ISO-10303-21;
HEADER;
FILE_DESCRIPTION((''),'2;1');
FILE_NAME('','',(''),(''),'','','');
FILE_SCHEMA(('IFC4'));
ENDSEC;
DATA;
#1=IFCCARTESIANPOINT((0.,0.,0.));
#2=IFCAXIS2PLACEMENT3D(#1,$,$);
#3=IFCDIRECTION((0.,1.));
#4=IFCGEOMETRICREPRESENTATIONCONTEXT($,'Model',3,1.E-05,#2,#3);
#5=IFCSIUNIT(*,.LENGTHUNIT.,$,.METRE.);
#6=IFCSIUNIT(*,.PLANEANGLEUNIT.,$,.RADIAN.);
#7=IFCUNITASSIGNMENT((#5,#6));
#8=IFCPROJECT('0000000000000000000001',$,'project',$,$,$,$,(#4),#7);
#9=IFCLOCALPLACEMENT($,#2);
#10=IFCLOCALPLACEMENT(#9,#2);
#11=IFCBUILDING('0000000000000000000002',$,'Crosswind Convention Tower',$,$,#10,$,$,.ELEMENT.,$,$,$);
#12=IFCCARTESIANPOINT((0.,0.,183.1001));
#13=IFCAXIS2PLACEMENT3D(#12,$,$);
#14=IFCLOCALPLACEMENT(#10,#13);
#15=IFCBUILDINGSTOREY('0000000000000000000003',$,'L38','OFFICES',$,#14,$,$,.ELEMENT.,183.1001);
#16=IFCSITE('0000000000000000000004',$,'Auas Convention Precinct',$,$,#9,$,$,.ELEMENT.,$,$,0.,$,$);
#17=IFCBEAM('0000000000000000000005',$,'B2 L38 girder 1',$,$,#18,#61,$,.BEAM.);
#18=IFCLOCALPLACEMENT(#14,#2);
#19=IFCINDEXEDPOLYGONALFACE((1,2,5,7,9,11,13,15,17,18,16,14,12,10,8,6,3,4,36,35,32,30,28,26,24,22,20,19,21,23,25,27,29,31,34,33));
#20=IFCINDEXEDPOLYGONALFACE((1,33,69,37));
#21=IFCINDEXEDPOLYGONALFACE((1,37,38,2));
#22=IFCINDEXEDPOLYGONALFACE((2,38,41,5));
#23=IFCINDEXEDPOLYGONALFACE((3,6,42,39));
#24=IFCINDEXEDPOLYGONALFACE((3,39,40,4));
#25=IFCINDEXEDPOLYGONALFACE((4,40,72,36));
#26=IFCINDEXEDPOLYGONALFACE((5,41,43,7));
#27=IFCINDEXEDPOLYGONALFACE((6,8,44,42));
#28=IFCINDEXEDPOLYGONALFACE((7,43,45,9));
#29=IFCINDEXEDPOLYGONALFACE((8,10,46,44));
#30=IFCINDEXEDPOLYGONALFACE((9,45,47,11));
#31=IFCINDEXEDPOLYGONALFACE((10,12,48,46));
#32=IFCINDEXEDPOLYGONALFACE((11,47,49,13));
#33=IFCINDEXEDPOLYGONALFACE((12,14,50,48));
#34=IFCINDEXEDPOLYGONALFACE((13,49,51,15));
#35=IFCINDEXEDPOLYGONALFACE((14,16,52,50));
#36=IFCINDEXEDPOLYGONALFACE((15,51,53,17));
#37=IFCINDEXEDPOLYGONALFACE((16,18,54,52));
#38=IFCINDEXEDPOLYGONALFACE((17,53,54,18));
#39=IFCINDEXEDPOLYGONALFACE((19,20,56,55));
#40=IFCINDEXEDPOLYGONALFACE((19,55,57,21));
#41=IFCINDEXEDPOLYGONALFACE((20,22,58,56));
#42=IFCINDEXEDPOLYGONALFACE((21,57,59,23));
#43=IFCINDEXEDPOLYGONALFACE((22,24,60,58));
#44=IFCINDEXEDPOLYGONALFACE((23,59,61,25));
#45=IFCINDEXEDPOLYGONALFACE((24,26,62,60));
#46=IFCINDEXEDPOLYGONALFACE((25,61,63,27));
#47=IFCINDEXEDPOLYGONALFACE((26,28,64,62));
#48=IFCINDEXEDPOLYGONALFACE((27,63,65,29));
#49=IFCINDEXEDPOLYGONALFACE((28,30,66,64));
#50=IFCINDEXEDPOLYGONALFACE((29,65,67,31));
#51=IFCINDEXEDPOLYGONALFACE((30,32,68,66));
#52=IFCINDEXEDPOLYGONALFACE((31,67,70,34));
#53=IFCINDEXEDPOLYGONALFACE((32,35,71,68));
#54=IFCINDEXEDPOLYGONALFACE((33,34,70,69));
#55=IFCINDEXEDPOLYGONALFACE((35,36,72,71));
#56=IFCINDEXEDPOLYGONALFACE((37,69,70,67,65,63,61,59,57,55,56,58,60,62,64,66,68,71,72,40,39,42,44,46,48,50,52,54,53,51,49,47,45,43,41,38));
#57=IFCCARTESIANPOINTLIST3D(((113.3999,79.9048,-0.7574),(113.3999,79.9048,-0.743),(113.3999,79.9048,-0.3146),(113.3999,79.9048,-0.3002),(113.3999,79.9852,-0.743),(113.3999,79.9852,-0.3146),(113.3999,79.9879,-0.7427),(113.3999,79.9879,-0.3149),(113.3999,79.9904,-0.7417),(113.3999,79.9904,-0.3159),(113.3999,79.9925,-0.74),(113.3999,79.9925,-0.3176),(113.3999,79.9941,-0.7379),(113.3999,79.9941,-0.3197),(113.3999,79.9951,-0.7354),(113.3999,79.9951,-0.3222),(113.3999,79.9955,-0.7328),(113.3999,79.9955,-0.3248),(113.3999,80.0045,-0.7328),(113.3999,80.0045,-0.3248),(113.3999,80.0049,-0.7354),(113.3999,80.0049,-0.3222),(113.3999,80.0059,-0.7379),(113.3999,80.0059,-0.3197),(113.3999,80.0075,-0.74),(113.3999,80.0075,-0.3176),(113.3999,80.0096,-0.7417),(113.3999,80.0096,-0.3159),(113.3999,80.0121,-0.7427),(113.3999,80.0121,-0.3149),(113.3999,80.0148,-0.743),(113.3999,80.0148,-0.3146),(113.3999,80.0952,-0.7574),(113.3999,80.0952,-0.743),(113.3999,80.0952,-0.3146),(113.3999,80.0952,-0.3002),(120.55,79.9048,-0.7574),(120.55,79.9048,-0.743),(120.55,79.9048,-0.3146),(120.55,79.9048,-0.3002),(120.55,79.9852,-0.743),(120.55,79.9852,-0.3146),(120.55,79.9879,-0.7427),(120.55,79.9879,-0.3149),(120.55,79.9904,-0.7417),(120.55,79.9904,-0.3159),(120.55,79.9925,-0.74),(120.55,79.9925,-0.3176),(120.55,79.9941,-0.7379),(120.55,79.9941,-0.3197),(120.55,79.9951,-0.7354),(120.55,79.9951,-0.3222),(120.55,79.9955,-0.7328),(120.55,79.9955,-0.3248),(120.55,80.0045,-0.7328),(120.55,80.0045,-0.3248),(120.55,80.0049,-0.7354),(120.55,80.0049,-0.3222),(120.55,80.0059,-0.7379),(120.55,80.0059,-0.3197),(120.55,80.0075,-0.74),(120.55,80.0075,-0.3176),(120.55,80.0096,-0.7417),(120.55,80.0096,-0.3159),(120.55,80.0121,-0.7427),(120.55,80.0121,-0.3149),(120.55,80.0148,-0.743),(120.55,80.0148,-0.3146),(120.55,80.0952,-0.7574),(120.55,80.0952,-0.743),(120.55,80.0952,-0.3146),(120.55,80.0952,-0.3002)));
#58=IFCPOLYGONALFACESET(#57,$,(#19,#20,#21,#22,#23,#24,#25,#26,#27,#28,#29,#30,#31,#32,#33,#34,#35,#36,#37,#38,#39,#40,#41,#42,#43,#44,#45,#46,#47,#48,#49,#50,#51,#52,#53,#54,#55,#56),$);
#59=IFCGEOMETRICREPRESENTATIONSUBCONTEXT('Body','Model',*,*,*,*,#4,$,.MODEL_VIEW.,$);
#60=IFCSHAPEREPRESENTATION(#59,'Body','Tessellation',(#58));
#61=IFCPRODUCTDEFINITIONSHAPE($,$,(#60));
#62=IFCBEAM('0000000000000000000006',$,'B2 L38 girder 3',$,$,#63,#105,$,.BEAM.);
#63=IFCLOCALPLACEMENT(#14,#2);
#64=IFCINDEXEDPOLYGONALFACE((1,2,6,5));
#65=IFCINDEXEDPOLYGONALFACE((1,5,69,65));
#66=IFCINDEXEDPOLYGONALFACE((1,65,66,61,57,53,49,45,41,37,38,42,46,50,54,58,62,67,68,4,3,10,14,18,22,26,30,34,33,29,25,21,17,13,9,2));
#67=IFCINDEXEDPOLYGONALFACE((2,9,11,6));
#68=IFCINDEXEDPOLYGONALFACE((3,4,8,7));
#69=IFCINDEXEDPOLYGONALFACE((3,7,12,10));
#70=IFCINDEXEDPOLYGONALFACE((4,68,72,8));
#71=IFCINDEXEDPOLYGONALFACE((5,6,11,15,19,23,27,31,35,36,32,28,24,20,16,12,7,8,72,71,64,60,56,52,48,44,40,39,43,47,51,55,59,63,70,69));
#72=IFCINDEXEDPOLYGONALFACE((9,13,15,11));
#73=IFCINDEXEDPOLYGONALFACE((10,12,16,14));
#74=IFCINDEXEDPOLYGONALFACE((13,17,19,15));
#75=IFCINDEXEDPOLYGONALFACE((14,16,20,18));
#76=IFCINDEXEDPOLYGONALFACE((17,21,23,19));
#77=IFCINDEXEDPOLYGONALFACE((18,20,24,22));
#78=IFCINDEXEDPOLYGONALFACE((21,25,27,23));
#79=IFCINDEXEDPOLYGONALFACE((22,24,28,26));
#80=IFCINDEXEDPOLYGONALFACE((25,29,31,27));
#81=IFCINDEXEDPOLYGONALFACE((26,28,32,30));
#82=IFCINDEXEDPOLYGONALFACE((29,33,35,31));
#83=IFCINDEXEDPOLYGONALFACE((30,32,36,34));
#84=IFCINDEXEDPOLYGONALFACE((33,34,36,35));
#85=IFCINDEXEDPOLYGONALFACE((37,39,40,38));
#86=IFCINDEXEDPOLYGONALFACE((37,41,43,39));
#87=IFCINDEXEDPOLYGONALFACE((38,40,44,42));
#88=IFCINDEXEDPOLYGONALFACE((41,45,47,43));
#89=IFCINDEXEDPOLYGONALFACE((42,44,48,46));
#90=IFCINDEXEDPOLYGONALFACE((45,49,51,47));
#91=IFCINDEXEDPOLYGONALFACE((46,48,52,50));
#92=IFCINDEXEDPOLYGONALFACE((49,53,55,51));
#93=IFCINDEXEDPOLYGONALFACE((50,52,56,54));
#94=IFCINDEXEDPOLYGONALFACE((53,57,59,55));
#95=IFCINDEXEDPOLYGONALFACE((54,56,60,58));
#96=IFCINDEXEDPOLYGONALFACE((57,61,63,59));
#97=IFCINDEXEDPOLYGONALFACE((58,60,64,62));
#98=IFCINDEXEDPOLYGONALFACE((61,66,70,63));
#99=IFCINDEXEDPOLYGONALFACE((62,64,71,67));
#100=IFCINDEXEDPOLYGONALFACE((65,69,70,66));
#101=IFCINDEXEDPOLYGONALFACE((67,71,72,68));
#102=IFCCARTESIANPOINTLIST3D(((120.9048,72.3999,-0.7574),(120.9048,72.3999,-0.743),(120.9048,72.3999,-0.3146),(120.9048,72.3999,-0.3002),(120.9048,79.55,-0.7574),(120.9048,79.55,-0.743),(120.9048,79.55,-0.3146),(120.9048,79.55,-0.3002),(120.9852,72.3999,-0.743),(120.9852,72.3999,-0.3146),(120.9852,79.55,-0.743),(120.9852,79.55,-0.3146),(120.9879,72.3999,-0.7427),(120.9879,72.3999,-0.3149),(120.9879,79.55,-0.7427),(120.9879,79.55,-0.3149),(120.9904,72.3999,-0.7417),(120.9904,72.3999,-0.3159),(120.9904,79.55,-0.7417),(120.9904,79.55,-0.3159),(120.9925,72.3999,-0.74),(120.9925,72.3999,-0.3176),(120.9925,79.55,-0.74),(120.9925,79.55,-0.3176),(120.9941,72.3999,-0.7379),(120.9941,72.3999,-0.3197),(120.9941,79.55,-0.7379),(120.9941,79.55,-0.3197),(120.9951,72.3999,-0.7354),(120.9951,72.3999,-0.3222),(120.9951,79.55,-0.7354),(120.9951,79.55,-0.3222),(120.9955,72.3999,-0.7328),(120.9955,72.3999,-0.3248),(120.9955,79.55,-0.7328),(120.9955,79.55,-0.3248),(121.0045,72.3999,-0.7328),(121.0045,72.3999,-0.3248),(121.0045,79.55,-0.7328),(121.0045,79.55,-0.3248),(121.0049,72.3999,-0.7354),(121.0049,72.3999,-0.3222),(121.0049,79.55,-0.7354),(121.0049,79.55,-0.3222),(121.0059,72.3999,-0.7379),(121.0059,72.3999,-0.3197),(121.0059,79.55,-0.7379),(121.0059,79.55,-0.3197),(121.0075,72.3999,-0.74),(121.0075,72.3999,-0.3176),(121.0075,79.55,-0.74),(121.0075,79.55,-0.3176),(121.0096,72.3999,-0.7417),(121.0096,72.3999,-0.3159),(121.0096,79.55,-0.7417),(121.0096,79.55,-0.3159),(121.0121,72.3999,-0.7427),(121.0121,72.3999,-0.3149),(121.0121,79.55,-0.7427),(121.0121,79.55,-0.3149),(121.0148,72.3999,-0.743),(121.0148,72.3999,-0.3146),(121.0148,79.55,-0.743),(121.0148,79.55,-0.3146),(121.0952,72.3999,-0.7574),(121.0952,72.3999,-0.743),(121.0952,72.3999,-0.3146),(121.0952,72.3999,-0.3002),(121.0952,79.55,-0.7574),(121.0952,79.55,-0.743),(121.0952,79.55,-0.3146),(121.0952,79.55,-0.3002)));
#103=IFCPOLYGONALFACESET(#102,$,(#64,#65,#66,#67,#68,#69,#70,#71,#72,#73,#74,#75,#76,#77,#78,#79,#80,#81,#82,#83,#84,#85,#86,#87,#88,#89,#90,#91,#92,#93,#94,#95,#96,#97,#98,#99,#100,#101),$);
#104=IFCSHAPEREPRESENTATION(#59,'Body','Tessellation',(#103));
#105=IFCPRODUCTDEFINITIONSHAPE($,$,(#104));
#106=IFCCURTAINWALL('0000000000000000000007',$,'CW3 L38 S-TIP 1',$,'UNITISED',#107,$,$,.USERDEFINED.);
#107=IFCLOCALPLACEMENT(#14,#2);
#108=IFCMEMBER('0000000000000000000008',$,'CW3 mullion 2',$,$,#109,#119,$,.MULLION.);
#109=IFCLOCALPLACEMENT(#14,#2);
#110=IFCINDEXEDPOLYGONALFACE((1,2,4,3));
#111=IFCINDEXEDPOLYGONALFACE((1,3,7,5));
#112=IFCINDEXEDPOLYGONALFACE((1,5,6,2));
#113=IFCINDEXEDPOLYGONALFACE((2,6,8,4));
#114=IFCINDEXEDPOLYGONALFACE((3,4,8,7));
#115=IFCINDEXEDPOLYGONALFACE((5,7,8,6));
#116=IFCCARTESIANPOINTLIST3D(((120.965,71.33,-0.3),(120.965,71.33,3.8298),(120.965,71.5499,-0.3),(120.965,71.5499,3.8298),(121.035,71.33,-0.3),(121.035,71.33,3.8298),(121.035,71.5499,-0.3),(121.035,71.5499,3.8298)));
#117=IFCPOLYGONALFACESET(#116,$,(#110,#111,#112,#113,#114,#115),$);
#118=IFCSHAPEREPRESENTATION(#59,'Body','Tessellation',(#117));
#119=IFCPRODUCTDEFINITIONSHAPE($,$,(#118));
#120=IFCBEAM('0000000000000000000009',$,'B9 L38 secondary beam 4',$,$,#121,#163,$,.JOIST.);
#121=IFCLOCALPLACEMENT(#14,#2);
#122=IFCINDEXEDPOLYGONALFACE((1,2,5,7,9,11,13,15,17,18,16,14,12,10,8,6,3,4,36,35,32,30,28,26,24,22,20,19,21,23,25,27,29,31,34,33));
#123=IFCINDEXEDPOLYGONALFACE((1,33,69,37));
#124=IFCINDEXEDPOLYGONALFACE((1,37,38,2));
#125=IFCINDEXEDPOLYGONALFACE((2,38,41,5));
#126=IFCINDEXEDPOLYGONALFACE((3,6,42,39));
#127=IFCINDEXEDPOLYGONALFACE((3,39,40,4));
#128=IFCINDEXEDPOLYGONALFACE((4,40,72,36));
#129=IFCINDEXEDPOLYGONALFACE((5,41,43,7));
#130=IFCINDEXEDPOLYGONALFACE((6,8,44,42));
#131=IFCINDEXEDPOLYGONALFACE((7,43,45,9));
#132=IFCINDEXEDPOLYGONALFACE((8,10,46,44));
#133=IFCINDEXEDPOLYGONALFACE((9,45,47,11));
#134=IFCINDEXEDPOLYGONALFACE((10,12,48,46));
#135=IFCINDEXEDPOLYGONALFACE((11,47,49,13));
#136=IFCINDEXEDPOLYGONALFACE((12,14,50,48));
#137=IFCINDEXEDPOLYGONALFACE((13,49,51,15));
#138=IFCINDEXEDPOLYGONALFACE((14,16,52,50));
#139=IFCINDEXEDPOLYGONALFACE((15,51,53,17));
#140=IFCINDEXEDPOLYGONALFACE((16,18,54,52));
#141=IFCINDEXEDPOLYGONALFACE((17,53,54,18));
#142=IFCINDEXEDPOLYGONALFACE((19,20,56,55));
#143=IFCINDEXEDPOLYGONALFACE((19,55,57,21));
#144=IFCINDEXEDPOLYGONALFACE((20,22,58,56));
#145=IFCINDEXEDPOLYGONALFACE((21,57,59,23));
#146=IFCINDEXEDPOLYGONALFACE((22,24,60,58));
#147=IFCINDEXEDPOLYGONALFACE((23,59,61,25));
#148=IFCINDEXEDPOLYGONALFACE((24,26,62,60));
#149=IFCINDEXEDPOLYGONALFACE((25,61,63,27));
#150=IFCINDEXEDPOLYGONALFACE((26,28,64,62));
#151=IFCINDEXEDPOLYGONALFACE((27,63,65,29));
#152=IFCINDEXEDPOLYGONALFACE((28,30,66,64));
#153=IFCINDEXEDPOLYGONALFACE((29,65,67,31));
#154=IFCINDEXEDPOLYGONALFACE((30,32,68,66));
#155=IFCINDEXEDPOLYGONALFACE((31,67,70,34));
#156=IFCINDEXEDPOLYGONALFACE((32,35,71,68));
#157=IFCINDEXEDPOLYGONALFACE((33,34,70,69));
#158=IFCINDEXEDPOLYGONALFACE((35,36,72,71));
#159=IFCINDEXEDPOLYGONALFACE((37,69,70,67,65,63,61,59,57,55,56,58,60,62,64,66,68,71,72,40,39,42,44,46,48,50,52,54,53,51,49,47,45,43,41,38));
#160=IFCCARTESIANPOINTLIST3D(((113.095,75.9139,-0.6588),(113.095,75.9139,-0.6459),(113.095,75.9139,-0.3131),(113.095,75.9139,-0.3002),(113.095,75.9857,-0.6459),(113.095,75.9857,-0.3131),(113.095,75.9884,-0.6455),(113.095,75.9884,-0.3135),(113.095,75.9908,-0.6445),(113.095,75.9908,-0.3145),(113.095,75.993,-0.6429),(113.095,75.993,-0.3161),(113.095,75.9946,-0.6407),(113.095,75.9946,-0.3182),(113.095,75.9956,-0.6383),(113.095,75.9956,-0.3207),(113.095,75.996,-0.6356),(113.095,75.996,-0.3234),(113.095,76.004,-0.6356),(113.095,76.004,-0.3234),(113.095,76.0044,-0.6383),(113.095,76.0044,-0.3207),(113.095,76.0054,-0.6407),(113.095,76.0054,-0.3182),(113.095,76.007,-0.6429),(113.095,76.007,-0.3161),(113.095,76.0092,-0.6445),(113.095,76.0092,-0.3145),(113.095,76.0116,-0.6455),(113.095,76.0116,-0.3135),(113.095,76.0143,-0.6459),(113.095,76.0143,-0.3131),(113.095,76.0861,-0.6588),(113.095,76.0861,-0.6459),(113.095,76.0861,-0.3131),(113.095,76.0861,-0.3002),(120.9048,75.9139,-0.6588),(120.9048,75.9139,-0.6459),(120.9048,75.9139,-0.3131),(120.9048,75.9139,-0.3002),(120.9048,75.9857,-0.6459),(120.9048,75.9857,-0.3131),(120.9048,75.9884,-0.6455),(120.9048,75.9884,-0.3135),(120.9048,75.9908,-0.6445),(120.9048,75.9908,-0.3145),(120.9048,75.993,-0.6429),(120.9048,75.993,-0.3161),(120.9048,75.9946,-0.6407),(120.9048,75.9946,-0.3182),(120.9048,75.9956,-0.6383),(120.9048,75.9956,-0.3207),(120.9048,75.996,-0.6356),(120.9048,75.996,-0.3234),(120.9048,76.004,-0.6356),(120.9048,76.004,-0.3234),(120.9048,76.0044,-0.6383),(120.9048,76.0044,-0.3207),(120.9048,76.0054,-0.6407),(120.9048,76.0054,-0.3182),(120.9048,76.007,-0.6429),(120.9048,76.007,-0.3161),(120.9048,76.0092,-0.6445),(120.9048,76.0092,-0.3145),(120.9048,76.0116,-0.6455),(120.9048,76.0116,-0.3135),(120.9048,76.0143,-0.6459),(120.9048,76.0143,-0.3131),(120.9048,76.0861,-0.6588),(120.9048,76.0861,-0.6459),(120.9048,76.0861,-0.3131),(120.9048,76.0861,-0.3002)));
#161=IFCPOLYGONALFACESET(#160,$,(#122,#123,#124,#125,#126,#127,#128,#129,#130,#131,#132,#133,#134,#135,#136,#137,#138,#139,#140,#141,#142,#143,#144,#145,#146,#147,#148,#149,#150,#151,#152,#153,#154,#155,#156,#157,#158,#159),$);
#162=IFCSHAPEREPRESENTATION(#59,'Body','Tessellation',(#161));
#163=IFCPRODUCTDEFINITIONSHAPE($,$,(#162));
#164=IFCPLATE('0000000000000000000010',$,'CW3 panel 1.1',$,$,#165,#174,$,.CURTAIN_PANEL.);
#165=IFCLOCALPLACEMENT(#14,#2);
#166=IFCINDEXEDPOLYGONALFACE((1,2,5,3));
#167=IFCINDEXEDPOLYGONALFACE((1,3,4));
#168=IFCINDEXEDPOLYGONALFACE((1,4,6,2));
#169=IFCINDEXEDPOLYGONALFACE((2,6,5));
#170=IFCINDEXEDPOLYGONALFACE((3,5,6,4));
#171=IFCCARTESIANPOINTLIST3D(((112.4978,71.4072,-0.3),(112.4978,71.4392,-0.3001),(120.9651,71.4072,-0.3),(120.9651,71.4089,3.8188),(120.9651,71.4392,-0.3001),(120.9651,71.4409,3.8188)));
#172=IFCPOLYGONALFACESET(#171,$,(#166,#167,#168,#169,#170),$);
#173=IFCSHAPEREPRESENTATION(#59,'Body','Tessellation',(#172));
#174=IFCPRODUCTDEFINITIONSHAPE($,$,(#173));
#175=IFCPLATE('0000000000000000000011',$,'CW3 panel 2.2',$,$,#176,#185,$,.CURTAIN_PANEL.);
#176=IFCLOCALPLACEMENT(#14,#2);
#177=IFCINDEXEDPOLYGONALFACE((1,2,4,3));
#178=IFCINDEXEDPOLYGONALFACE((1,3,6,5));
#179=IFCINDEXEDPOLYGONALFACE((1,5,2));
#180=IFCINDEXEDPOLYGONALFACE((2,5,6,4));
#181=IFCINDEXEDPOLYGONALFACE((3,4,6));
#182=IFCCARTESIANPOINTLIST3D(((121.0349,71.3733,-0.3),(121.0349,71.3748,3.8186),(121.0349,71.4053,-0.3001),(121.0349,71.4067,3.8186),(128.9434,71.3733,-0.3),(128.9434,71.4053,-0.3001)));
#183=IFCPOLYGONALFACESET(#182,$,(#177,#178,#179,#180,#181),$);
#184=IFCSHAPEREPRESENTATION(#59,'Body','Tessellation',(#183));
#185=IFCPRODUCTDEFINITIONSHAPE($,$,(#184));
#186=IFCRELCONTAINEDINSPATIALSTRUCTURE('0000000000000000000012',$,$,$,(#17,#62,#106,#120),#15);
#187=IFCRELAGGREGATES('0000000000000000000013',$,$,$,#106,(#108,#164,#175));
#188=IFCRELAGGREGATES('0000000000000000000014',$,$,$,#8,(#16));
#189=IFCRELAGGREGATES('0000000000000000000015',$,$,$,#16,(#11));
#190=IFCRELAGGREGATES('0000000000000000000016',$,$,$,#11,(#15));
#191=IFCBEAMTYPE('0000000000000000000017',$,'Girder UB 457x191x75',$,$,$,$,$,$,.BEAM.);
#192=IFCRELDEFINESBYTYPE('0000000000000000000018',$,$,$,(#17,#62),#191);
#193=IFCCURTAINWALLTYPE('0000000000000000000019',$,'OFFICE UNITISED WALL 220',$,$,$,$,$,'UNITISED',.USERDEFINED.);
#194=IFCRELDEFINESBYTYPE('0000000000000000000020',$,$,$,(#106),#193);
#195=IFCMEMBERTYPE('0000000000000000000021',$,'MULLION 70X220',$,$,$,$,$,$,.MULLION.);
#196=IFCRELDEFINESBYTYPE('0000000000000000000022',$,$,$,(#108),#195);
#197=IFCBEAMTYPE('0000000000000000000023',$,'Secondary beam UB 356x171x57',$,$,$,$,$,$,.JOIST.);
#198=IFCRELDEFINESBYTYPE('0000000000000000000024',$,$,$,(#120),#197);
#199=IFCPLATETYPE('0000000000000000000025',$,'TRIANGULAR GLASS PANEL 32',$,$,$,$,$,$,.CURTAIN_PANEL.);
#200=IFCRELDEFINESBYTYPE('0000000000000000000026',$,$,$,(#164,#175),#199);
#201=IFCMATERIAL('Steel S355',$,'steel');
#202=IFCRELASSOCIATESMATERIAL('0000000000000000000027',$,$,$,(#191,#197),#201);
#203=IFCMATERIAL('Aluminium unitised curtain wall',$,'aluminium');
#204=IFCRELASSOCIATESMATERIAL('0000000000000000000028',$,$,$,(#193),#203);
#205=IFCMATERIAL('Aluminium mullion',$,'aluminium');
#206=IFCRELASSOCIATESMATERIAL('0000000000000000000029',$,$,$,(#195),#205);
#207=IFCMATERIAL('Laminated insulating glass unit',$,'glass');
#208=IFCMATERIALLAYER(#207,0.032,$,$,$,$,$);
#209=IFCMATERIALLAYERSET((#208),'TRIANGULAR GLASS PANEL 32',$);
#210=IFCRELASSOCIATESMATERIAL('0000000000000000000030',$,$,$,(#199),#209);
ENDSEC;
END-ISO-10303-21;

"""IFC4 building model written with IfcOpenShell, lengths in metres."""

from ifc_helpers import new_model, si_unit, direction, frame, origin, origin_2d, place, context, subcontext, project, spatial, polyline, rectangle, i_section, outline, extrude, material, layer, layer_set, material_profile, profile_set, type_object, element, aggregate, save


model = new_model("IFC4")

# Units and contexts
model_context = context("Model", 3, precision=1e-05, world=origin(), true_north=direction((0.0, 1.0)))
body_context = subcontext(model_context, "Body", "Model", "MODEL_VIEW")
ifc_project = project(units=[si_unit("LENGTHUNIT", "METRE"), si_unit("PLANEANGLEUNIT", "RADIAN")], contexts=[model_context])

# Site, building, storey
site_placement = place(None, origin())
site = spatial("IfcSite", under=ifc_project, at=site_placement, Name="Auas Convention Precinct", CompositionType="ELEMENT", RefElevation=0.0)
building_placement = place(site_placement, origin())
building = spatial("IfcBuilding", under=site, at=building_placement, Name="Crosswind Convention Tower", CompositionType="ELEMENT")
storey_placement = place(building_placement, frame((0.0, 0.0, 183.1001)))
storey = spatial("IfcBuildingStorey", under=building, at=storey_placement, Name="L38", Description="OFFICES", CompositionType="ELEMENT", Elevation=183.1001)

# Beams
ifc_material_1 = material(Name="Steel S355", Category="steel")
ifc_material_profile_1 = material_profile(ifc_material_1, i_section(OverallWidth=0.1904, OverallDepth=0.4573, WebThickness=0.009, FlangeThickness=0.0144, FilletRadius=0.0103, at=origin_2d()), Name="UB 457x191x75")
ifc_profile_set_1 = profile_set([ifc_material_profile_1], Name="Steel S355")
beam_type_1 = type_object("IfcBeamType", Name="Girder UB 457x191x75", PredefinedType="BEAM", material=ifc_profile_set_1)
for number, where, z_axis, x_axis, name in (
    (1, (113.3999, 80.0, -0.5288), (1.0, 0.0, 0.0), (0.0, 1.0, 0.0), "B2 L38 girder 1"),
    (2, (121.0, 72.3999, -0.5288), (0.0, 1.0, 0.0), (-1.0, 0.0, 0.0), "B2 L38 girder 3"),
):
    element("IfcBeam", number, at=place(storey_placement, frame(where, z_axis=z_axis, x_axis=x_axis)), inside=storey, type_object=beam_type_1, Name=name, PredefinedType="BEAM", context=body_context, shape_type="SweptSolid", body=[
        extrude(i_section(OverallWidth=0.1904, OverallDepth=0.4573, WebThickness=0.009, FlangeThickness=0.0144, FilletRadius=0.0103, at=origin_2d()), origin(), (0.0, 0.0, 1.0), 7.1501),
    ])

# Curtain wall, member
ifc_material_2 = material(Name="Aluminium unitised curtain wall", Category="aluminium")
curtain_wall_type = type_object("IfcCurtainWallType", Name="OFFICE UNITISED WALL 220", ElementType="UNITISED", PredefinedType="USERDEFINED", material=ifc_material_2)
curtain_wall_placement = place(storey_placement, origin())
curtain_wall = element("IfcCurtainWall", 3, at=curtain_wall_placement, inside=storey, type_object=curtain_wall_type, Name="CW3 L38 S-TIP 1", ObjectType="UNITISED", PredefinedType="USERDEFINED")
ifc_material_3 = material(Name="Aluminium mullion", Category="aluminium")
ifc_material_profile_2 = material_profile(ifc_material_3, rectangle(XDim=0.22, YDim=0.0701, at=origin_2d()), Name="AL 220X70")
ifc_profile_set_2 = profile_set([ifc_material_profile_2], Name="Aluminium mullion")
member_type = type_object("IfcMemberType", Name="MULLION 70X220", PredefinedType="MULLION", material=ifc_profile_set_2)
member_placement = place(storey_placement, frame((121.0, 71.4399, -0.3), z_axis=(0.0, 0.0, 1.0), x_axis=(0.0, -1.0, 0.0)))
member = element("IfcMember", 4, at=member_placement, type_object=member_type, Name="CW3 mullion 2", PredefinedType="MULLION", context=body_context, shape_type="SweptSolid", body=[
    extrude(rectangle(XDim=0.22, YDim=0.0701, at=origin_2d()), origin(), (0.0, 0.0, 1.0), 4.1299),
])

# Beam
ifc_material_profile_3 = material_profile(ifc_material_1, i_section(OverallWidth=0.1721, OverallDepth=0.3586, WebThickness=0.0081, FlangeThickness=0.0129, FilletRadius=0.0103, at=origin_2d()), Name="UB 356x171x57")
ifc_profile_set_3 = profile_set([ifc_material_profile_3], Name="Steel S355")
beam_type_2 = type_object("IfcBeamType", Name="Secondary beam UB 356x171x57", PredefinedType="JOIST", material=ifc_profile_set_3)
beam_placement = place(storey_placement, frame((113.095, 76.0, -0.4795), z_axis=(1.0, 0.0, 0.0), x_axis=(0.0, 1.0, 0.0)))
element("IfcBeam", 5, at=beam_placement, inside=storey, type_object=beam_type_2, Name="B9 L38 secondary beam 4", PredefinedType="JOIST", context=body_context, shape_type="SweptSolid", body=[
    extrude(i_section(OverallWidth=0.1721, OverallDepth=0.3586, WebThickness=0.0081, FlangeThickness=0.0129, FilletRadius=0.0103, at=origin_2d()), origin(), (0.0, 0.0, 1.0), 7.8098),
])

# Plates
ifc_material_4 = material(Name="Laminated insulating glass unit", Category="glass")
ifc_layer_1 = layer(ifc_material_4, 0.032)
ifc_layer_set_1 = layer_set([ifc_layer_1], Name="TRIANGULAR GLASS PANEL 32")
plate_type = type_object("IfcPlateType", Name="TRIANGULAR GLASS PANEL 32", PredefinedType="CURTAIN_PANEL", material=ifc_layer_set_1)
plate_1_placement = place(storey_placement, frame((120.9651, 71.4072, -0.3), z_axis=(0.0, -1.0, 0.000415), x_axis=(0.0, 0.000415, 1.0)))
plate_1 = element("IfcPlate", 6, at=plate_1_placement, type_object=plate_type, Name="CW3 panel 1.1", PredefinedType="CURTAIN_PANEL", context=body_context, shape_type="SweptSolid", body=[
    extrude(outline(polyline([(0.0, 0.0), (4.1189, 0.0), (0.0, 8.4673), (0.0, 0.0)])), origin(), (0.0, 0.0, -1.0), 0.032),
])
plate_2_placement = place(storey_placement, frame((121.0349, 71.3733, -0.3), z_axis=(0.0, -1.0, 0.000356), x_axis=(1.0, 0.0, 0.0)))
plate_2 = element("IfcPlate", 7, at=plate_2_placement, type_object=plate_type, Name="CW3 panel 2.2", PredefinedType="CURTAIN_PANEL", context=body_context, shape_type="SweptSolid", body=[
    extrude(outline(polyline([(0.0, 0.0), (7.9084, 0.0), (0.0, 4.1187), (0.0, 0.0)])), origin(), (0.0, 0.0, -1.0), 0.032),
])
aggregate(curtain_wall, [member, plate_1, plate_2])

save(model, "model.ifc")
